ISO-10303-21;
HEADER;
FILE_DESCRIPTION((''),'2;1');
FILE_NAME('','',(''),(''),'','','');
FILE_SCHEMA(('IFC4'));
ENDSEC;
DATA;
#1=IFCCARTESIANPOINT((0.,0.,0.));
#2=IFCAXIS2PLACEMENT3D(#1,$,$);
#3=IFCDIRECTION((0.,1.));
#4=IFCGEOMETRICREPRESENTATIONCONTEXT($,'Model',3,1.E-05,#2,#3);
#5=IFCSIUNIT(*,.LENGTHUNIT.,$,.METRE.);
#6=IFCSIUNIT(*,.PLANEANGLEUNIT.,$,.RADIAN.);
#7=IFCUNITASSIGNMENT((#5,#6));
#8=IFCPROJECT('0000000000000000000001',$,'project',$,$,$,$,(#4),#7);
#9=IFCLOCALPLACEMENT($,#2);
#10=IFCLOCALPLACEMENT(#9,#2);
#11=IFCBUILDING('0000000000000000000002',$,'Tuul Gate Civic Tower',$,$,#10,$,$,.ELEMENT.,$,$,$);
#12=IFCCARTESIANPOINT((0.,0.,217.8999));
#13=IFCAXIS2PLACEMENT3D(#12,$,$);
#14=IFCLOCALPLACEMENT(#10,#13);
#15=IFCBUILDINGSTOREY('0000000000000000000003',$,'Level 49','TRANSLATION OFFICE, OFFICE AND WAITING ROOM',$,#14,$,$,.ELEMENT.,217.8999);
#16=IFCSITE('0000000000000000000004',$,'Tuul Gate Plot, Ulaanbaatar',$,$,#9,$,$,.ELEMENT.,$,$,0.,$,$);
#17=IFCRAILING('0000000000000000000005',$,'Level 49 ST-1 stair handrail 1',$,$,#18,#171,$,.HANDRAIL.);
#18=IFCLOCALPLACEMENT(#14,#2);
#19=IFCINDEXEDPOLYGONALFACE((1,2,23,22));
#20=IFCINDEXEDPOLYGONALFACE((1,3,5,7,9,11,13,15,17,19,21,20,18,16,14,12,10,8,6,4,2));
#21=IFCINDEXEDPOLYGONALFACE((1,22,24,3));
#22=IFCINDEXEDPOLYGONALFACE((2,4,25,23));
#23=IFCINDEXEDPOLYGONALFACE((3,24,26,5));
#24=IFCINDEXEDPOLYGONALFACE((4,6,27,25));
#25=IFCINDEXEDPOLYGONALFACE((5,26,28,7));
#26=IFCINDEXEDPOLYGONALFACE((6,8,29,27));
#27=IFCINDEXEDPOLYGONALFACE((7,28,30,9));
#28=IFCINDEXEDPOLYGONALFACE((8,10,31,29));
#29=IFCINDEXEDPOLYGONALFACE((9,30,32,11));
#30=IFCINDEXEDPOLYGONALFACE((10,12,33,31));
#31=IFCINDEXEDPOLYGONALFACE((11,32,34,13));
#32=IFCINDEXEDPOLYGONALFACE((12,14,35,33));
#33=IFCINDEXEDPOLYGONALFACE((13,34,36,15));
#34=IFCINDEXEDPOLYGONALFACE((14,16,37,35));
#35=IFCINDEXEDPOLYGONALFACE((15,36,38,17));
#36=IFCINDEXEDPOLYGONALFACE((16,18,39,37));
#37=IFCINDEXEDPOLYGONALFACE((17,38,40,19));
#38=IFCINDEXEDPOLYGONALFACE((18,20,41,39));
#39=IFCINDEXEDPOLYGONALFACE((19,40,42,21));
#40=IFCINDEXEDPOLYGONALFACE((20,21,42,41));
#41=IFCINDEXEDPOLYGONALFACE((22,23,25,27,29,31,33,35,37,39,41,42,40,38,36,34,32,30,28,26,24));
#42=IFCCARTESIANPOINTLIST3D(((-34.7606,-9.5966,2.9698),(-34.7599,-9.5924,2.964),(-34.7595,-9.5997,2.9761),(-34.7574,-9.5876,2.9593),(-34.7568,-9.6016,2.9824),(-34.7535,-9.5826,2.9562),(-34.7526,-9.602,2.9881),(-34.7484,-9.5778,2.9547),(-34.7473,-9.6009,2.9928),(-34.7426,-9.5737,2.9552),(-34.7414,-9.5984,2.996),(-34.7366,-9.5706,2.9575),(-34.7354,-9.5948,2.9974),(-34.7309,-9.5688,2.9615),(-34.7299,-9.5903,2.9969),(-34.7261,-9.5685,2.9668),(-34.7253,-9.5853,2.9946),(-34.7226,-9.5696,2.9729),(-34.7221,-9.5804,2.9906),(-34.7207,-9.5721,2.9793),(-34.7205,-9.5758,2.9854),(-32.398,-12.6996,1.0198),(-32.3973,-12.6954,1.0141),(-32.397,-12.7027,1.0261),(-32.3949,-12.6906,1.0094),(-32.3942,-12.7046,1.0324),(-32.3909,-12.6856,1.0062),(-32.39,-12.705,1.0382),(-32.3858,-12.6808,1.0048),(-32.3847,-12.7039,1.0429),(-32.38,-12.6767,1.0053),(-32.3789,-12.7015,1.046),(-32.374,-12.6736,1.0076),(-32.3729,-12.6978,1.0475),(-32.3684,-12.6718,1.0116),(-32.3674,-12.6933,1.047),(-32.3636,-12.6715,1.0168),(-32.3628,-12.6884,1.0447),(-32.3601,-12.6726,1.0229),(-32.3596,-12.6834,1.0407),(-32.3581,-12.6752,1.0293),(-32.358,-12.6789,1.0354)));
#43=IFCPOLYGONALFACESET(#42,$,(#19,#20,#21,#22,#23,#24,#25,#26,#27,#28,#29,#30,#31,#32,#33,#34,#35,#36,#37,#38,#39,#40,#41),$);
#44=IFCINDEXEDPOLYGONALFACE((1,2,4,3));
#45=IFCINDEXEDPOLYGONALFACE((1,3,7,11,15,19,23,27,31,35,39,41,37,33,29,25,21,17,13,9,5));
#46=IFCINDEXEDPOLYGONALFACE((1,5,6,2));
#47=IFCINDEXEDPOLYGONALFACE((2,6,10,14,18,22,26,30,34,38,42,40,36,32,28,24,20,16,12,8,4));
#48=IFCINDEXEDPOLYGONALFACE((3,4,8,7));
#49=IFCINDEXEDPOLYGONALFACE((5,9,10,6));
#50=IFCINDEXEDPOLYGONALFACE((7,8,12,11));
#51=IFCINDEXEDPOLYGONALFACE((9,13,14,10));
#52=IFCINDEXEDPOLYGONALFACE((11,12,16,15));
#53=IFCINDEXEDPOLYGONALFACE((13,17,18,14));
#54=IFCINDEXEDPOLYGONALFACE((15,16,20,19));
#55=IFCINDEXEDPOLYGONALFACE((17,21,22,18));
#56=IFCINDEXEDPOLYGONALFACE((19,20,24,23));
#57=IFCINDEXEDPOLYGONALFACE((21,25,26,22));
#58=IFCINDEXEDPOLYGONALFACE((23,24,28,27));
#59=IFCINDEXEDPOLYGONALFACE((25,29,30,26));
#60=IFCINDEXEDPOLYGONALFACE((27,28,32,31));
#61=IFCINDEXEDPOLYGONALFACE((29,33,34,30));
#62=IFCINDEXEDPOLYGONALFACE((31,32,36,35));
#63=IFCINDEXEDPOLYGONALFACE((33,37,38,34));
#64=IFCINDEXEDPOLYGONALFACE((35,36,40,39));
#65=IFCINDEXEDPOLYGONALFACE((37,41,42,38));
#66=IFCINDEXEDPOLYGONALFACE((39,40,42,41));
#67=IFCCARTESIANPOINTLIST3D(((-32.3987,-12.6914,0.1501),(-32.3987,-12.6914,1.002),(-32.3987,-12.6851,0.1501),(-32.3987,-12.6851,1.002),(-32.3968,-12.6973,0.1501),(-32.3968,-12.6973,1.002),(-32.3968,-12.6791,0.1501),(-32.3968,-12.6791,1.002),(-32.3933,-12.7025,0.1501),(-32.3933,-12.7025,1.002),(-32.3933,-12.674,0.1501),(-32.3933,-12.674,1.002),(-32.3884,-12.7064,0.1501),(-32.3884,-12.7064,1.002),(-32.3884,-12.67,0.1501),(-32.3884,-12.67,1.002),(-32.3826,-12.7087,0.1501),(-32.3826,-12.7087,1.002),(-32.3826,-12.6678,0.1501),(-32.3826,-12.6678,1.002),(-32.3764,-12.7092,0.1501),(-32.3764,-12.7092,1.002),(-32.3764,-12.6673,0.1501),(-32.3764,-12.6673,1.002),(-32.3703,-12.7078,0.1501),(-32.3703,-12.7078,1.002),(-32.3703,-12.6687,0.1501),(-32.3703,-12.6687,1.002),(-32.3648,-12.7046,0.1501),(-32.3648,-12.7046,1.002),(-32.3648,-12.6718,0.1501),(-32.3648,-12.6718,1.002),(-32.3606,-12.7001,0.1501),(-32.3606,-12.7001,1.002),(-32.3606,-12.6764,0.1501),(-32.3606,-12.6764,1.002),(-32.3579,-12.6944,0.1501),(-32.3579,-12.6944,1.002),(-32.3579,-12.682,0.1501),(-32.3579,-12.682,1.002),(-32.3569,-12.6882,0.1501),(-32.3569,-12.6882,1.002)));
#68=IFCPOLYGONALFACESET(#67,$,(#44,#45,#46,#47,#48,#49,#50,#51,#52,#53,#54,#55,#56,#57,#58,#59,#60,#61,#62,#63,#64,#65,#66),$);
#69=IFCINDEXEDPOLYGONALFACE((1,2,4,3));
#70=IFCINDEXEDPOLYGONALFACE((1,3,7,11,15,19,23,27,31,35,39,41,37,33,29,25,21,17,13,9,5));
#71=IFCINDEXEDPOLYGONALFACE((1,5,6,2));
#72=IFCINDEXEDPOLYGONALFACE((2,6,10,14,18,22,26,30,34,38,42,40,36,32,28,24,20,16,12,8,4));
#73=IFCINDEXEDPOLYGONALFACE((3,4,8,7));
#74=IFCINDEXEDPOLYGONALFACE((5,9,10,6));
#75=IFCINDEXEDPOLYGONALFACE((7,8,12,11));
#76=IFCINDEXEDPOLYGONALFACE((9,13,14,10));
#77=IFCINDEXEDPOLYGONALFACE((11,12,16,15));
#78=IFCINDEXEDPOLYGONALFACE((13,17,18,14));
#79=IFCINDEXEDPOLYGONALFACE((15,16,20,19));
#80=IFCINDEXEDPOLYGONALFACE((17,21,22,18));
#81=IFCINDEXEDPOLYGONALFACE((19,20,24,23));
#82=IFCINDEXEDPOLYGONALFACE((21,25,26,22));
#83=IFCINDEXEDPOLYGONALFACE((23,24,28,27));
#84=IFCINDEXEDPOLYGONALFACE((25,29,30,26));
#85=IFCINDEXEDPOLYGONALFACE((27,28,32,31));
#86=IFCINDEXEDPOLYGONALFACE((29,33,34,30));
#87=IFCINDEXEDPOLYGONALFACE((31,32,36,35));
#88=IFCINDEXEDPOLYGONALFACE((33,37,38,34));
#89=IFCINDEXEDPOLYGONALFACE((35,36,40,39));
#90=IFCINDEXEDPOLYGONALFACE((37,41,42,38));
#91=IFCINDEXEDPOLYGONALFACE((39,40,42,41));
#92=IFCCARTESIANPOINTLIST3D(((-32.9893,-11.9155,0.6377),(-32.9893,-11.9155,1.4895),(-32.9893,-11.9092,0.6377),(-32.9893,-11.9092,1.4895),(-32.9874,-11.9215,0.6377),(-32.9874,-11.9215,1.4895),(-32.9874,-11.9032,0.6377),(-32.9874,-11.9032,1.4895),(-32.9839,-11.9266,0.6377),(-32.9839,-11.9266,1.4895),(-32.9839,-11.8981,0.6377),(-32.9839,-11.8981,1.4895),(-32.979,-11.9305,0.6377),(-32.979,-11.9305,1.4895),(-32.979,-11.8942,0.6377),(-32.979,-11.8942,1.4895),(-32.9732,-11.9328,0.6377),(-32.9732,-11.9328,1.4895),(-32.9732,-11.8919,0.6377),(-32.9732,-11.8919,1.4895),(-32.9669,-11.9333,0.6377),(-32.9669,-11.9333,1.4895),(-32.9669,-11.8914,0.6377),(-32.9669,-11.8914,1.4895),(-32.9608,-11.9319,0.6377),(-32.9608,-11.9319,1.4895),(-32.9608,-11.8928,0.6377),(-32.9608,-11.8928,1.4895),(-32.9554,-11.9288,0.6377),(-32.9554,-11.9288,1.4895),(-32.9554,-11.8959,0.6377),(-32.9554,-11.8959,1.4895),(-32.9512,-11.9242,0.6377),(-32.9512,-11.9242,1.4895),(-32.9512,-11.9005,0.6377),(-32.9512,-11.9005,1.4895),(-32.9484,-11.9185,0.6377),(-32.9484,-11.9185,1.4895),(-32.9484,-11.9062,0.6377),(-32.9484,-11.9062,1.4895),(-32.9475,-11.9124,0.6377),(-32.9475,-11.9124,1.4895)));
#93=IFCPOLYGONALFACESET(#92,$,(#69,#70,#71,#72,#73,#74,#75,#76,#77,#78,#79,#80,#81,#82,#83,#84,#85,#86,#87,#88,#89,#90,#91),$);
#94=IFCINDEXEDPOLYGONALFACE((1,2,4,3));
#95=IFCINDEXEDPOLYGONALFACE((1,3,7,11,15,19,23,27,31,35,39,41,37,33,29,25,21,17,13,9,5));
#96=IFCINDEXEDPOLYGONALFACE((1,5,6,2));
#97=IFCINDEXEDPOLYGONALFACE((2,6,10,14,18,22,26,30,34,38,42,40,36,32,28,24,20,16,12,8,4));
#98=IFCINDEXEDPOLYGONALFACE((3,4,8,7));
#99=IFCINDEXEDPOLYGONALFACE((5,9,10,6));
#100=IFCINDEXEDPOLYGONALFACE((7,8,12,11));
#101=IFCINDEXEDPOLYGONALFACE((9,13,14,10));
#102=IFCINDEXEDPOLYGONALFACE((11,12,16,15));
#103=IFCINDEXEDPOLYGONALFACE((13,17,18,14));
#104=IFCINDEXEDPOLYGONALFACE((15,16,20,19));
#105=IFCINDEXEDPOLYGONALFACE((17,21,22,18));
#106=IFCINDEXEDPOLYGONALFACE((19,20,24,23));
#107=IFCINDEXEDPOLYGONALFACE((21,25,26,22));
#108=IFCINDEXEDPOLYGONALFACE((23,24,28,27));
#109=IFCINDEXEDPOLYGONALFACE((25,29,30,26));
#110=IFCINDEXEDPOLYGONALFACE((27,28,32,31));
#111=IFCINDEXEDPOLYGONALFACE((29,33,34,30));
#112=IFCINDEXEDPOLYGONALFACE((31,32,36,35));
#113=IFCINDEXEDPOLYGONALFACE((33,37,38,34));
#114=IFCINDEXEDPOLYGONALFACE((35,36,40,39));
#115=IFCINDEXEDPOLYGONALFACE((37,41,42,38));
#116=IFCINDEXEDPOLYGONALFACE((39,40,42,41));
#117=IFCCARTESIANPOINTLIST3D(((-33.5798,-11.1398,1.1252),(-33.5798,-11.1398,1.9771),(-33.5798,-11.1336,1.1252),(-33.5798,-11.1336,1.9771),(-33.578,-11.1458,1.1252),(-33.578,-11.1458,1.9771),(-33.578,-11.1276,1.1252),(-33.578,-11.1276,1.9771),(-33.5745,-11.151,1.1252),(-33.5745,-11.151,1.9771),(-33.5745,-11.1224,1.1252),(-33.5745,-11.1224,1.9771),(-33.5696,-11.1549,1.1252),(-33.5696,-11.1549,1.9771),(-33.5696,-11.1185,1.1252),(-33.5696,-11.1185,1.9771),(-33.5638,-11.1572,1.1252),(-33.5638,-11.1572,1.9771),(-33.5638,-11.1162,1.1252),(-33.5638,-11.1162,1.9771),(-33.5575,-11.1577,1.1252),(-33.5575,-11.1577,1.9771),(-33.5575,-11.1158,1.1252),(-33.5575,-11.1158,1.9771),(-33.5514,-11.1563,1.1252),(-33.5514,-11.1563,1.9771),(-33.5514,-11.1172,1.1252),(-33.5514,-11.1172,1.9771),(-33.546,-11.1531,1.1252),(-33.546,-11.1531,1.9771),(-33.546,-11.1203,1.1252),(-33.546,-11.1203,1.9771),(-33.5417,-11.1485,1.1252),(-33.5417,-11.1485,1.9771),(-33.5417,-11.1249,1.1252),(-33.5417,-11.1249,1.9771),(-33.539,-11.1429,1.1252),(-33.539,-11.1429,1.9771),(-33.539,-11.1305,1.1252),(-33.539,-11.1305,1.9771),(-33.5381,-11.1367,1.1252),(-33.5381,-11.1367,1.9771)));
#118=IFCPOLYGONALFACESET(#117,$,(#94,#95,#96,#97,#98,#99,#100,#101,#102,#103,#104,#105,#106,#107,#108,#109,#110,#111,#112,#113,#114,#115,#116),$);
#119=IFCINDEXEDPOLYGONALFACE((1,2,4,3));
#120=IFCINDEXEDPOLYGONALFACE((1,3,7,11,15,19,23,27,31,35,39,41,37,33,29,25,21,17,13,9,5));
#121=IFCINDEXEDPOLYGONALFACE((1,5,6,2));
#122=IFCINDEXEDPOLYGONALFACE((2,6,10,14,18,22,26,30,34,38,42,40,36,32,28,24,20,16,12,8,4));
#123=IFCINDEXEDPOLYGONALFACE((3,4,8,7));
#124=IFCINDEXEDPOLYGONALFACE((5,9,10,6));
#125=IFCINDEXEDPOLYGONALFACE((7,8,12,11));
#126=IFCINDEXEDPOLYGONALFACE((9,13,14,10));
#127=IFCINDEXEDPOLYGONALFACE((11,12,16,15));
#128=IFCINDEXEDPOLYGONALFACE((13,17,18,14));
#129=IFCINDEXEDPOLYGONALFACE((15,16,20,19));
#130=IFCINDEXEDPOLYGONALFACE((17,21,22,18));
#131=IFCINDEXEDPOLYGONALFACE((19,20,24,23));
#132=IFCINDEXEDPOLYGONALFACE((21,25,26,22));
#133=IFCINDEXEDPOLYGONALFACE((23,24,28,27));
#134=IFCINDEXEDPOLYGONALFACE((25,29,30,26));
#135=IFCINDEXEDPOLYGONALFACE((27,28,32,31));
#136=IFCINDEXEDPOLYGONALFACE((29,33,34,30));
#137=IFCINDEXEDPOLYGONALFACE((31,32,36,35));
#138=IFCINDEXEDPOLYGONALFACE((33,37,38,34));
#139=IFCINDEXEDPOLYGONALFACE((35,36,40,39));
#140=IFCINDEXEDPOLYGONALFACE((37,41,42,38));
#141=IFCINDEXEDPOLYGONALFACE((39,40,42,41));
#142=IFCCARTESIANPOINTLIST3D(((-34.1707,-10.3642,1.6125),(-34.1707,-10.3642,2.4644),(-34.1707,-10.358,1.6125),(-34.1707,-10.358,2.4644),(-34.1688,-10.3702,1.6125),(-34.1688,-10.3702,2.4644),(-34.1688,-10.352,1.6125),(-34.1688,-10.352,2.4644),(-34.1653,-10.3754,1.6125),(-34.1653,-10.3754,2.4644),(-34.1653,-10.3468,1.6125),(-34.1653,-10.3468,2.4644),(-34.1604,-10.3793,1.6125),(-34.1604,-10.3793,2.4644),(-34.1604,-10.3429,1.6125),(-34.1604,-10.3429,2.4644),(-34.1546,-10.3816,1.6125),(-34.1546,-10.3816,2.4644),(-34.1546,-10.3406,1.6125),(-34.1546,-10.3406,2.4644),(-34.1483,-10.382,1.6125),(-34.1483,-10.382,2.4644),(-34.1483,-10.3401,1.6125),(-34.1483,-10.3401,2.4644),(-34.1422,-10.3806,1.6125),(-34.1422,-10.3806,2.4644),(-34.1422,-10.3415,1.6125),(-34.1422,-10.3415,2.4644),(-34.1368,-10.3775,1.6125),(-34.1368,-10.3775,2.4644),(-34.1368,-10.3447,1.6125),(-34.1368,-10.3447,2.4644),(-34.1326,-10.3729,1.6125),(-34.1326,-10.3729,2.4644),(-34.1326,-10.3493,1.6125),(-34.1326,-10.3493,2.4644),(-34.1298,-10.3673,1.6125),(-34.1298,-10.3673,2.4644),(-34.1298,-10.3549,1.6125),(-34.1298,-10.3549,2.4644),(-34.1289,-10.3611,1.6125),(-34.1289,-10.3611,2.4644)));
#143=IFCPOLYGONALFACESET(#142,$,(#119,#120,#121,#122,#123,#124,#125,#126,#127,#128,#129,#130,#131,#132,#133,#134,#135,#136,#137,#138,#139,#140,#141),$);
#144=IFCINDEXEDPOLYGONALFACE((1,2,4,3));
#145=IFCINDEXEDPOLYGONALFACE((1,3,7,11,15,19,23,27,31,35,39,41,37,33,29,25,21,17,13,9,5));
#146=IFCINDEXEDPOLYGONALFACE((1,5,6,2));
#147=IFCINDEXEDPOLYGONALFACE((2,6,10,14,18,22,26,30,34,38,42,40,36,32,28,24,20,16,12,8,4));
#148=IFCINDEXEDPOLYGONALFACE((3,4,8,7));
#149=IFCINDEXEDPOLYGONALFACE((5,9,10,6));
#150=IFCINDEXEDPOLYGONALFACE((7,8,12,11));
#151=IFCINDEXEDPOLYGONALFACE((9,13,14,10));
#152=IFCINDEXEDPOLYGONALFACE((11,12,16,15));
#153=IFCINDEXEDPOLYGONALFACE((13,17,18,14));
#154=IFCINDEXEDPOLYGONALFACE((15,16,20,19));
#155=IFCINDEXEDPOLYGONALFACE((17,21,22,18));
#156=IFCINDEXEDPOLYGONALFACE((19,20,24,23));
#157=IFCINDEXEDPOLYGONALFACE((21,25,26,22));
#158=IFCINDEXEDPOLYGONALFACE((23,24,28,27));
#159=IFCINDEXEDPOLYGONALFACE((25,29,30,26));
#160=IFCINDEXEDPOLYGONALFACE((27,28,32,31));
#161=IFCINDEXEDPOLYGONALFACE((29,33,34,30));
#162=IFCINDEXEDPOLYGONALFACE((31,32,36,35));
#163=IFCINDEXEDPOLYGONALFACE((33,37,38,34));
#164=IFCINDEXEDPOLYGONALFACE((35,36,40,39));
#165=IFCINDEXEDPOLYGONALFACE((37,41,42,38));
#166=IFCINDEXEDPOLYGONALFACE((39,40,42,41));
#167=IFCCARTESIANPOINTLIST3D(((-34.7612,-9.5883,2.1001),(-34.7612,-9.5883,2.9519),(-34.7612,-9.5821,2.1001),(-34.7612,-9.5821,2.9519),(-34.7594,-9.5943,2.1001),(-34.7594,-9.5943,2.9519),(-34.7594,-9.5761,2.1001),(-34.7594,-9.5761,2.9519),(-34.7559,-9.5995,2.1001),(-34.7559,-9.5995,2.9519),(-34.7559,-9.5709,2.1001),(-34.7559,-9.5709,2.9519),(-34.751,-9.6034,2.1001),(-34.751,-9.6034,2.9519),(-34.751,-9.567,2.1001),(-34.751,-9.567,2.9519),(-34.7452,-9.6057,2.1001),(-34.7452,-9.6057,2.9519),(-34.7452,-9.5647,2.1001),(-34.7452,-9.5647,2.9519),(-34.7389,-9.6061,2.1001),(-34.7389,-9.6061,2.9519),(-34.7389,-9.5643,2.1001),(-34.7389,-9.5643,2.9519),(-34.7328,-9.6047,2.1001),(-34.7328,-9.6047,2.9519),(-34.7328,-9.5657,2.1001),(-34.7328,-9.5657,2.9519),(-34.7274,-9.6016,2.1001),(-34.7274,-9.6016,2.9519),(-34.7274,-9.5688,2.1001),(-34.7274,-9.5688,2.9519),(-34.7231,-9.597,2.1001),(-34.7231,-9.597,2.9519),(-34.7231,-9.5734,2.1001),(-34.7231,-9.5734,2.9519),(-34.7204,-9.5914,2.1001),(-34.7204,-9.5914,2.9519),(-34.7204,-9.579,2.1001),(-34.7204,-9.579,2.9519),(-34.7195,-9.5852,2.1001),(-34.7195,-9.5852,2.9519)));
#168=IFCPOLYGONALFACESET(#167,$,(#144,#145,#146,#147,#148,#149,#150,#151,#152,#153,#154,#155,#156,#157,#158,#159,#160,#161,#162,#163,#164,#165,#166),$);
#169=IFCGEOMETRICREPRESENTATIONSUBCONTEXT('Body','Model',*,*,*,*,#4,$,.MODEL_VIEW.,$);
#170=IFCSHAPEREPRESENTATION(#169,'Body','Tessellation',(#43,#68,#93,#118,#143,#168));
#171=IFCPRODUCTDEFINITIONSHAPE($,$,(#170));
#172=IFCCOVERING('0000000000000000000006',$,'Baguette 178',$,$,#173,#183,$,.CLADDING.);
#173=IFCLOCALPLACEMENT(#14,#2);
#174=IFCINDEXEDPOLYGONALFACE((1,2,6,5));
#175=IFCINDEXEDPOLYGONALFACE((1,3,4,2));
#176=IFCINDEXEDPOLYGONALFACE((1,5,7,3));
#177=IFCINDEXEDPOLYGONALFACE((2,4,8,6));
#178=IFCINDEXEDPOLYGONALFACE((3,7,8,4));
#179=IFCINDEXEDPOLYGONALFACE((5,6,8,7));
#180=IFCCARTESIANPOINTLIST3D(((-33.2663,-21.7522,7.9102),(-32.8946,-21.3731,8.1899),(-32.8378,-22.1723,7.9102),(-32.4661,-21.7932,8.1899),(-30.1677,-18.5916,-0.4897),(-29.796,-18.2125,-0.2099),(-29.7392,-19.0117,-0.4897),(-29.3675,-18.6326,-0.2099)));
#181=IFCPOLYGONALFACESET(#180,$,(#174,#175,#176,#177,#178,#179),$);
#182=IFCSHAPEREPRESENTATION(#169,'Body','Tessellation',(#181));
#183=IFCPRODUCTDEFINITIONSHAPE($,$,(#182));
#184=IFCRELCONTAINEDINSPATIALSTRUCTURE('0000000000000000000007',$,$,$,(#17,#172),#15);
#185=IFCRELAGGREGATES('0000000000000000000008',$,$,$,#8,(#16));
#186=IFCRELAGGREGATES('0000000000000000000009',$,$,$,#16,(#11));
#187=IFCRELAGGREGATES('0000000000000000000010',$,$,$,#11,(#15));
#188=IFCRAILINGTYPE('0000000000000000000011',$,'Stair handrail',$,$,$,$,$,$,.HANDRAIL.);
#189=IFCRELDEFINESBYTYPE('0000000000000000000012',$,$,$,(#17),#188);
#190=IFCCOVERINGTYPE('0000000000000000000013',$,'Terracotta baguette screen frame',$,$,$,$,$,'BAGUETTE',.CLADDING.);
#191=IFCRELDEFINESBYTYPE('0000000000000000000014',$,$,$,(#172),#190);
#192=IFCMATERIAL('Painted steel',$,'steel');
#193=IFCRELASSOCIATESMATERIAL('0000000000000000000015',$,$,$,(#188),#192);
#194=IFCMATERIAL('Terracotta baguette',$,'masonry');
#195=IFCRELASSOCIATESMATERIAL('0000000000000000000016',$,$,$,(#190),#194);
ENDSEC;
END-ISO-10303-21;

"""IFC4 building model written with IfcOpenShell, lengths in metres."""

from ifc_helpers import new_model, si_unit, direction, frame, origin, origin_2d, place, context, subcontext, project, spatial, rectangle, circle, extrude, material, material_profile, profile_set, type_object, element, save


model = new_model("IFC4")

# Units and contexts
model_context = context("Model", 3, precision=1e-05, world=origin(), true_north=direction((0.0, 1.0)))
body_context = subcontext(model_context, "Body", "Model", "MODEL_VIEW")
ifc_project = project(units=[si_unit("LENGTHUNIT", "METRE"), si_unit("PLANEANGLEUNIT", "RADIAN")], contexts=[model_context])

# Site, building, storey
site_placement = place(None, origin())
site = spatial("IfcSite", under=ifc_project, at=site_placement, Name="Tuul Gate Plot, Ulaanbaatar", CompositionType="ELEMENT", RefElevation=0.0)
building_placement = place(site_placement, origin())
building = spatial("IfcBuilding", under=site, at=building_placement, Name="Tuul Gate Civic Tower", CompositionType="ELEMENT")
storey_placement = place(building_placement, frame((0.0, 0.0, 217.8999)))
storey = spatial("IfcBuildingStorey", under=building, at=storey_placement, Name="Level 49", Description="TRANSLATION OFFICE, OFFICE AND WAITING ROOM", CompositionType="ELEMENT", Elevation=217.8999)

# Railing
ifc_material_1 = material(Name="Painted steel", Category="steel")
railing_type_1 = type_object("IfcRailingType", Name="Stair handrail", PredefinedType="HANDRAIL", material=ifc_material_1)
railing_1_placement = place(storey_placement, frame((-32.3779, -12.6882, 0.1501)))
element("IfcRailing", 1, at=railing_1_placement, inside=storey, type_object=railing_type_1, Name="Level 49 ST-1 stair handrail 1", PredefinedType="HANDRAIL", context=body_context, shape_type="SweptSolid", body=[
    extrude(circle(Radius=0.0239, at=origin_2d()), frame((0.0, 0.0, 0.876), z_axis=(-0.541824, 0.711645, 0.4472), x_axis=(-0.795637, -0.605773, 0.0)), (0.0, 0.0, 1.0), 4.3604),
    extrude(circle(Radius=0.021, at=origin_2d()), origin(), (0.0, 0.0, 1.0), 0.8518),
    extrude(circle(Radius=0.021, at=origin_2d()), frame((-0.5906, 0.7759, 0.4875)), (0.0, 0.0, 1.0), 0.8518),
    extrude(circle(Radius=0.021, at=origin_2d()), frame((-1.1812, 1.5515, 0.9751)), (0.0, 0.0, 1.0), 0.8518),
    extrude(circle(Radius=0.021, at=origin_2d()), frame((-1.772, 2.3271, 1.4624)), (0.0, 0.0, 1.0), 0.8518),
    extrude(circle(Radius=0.021, at=origin_2d()), frame((-2.3625, 3.103, 1.95)), (0.0, 0.0, 1.0), 0.8518),
])

# Covering
ifc_material_2 = material(Name="Terracotta baguette", Category="masonry")
ifc_material_profile_1 = material_profile(ifc_material_2, rectangle(XDim=0.6001, YDim=0.6001, at=origin_2d()), Name="Terracotta baguette screen frame")
ifc_profile_set_1 = profile_set([ifc_material_profile_1], Name="Terracotta baguette")
covering_type = type_object("IfcCoveringType", Name="Terracotta baguette screen frame", ElementType="BAGUETTE", PredefinedType="CLADDING", material=ifc_profile_set_1)
covering_placement = place(storey_placement, frame((-32.8662, -21.7727, 8.05), z_axis=(0.326354, 0.332885, -0.884693), x_axis=(-0.714077, 0.700067, 0.0)))
element("IfcCovering", 2, at=covering_placement, inside=storey, type_object=covering_type, Name="Baguette 178", PredefinedType="CLADDING", context=body_context, shape_type="SweptSolid", body=[
    extrude(rectangle(XDim=0.6001, YDim=0.6001, at=origin_2d()), origin(), (0.0, 0.0, 1.0), 9.4946),
])

save(model, "model.ifc")
